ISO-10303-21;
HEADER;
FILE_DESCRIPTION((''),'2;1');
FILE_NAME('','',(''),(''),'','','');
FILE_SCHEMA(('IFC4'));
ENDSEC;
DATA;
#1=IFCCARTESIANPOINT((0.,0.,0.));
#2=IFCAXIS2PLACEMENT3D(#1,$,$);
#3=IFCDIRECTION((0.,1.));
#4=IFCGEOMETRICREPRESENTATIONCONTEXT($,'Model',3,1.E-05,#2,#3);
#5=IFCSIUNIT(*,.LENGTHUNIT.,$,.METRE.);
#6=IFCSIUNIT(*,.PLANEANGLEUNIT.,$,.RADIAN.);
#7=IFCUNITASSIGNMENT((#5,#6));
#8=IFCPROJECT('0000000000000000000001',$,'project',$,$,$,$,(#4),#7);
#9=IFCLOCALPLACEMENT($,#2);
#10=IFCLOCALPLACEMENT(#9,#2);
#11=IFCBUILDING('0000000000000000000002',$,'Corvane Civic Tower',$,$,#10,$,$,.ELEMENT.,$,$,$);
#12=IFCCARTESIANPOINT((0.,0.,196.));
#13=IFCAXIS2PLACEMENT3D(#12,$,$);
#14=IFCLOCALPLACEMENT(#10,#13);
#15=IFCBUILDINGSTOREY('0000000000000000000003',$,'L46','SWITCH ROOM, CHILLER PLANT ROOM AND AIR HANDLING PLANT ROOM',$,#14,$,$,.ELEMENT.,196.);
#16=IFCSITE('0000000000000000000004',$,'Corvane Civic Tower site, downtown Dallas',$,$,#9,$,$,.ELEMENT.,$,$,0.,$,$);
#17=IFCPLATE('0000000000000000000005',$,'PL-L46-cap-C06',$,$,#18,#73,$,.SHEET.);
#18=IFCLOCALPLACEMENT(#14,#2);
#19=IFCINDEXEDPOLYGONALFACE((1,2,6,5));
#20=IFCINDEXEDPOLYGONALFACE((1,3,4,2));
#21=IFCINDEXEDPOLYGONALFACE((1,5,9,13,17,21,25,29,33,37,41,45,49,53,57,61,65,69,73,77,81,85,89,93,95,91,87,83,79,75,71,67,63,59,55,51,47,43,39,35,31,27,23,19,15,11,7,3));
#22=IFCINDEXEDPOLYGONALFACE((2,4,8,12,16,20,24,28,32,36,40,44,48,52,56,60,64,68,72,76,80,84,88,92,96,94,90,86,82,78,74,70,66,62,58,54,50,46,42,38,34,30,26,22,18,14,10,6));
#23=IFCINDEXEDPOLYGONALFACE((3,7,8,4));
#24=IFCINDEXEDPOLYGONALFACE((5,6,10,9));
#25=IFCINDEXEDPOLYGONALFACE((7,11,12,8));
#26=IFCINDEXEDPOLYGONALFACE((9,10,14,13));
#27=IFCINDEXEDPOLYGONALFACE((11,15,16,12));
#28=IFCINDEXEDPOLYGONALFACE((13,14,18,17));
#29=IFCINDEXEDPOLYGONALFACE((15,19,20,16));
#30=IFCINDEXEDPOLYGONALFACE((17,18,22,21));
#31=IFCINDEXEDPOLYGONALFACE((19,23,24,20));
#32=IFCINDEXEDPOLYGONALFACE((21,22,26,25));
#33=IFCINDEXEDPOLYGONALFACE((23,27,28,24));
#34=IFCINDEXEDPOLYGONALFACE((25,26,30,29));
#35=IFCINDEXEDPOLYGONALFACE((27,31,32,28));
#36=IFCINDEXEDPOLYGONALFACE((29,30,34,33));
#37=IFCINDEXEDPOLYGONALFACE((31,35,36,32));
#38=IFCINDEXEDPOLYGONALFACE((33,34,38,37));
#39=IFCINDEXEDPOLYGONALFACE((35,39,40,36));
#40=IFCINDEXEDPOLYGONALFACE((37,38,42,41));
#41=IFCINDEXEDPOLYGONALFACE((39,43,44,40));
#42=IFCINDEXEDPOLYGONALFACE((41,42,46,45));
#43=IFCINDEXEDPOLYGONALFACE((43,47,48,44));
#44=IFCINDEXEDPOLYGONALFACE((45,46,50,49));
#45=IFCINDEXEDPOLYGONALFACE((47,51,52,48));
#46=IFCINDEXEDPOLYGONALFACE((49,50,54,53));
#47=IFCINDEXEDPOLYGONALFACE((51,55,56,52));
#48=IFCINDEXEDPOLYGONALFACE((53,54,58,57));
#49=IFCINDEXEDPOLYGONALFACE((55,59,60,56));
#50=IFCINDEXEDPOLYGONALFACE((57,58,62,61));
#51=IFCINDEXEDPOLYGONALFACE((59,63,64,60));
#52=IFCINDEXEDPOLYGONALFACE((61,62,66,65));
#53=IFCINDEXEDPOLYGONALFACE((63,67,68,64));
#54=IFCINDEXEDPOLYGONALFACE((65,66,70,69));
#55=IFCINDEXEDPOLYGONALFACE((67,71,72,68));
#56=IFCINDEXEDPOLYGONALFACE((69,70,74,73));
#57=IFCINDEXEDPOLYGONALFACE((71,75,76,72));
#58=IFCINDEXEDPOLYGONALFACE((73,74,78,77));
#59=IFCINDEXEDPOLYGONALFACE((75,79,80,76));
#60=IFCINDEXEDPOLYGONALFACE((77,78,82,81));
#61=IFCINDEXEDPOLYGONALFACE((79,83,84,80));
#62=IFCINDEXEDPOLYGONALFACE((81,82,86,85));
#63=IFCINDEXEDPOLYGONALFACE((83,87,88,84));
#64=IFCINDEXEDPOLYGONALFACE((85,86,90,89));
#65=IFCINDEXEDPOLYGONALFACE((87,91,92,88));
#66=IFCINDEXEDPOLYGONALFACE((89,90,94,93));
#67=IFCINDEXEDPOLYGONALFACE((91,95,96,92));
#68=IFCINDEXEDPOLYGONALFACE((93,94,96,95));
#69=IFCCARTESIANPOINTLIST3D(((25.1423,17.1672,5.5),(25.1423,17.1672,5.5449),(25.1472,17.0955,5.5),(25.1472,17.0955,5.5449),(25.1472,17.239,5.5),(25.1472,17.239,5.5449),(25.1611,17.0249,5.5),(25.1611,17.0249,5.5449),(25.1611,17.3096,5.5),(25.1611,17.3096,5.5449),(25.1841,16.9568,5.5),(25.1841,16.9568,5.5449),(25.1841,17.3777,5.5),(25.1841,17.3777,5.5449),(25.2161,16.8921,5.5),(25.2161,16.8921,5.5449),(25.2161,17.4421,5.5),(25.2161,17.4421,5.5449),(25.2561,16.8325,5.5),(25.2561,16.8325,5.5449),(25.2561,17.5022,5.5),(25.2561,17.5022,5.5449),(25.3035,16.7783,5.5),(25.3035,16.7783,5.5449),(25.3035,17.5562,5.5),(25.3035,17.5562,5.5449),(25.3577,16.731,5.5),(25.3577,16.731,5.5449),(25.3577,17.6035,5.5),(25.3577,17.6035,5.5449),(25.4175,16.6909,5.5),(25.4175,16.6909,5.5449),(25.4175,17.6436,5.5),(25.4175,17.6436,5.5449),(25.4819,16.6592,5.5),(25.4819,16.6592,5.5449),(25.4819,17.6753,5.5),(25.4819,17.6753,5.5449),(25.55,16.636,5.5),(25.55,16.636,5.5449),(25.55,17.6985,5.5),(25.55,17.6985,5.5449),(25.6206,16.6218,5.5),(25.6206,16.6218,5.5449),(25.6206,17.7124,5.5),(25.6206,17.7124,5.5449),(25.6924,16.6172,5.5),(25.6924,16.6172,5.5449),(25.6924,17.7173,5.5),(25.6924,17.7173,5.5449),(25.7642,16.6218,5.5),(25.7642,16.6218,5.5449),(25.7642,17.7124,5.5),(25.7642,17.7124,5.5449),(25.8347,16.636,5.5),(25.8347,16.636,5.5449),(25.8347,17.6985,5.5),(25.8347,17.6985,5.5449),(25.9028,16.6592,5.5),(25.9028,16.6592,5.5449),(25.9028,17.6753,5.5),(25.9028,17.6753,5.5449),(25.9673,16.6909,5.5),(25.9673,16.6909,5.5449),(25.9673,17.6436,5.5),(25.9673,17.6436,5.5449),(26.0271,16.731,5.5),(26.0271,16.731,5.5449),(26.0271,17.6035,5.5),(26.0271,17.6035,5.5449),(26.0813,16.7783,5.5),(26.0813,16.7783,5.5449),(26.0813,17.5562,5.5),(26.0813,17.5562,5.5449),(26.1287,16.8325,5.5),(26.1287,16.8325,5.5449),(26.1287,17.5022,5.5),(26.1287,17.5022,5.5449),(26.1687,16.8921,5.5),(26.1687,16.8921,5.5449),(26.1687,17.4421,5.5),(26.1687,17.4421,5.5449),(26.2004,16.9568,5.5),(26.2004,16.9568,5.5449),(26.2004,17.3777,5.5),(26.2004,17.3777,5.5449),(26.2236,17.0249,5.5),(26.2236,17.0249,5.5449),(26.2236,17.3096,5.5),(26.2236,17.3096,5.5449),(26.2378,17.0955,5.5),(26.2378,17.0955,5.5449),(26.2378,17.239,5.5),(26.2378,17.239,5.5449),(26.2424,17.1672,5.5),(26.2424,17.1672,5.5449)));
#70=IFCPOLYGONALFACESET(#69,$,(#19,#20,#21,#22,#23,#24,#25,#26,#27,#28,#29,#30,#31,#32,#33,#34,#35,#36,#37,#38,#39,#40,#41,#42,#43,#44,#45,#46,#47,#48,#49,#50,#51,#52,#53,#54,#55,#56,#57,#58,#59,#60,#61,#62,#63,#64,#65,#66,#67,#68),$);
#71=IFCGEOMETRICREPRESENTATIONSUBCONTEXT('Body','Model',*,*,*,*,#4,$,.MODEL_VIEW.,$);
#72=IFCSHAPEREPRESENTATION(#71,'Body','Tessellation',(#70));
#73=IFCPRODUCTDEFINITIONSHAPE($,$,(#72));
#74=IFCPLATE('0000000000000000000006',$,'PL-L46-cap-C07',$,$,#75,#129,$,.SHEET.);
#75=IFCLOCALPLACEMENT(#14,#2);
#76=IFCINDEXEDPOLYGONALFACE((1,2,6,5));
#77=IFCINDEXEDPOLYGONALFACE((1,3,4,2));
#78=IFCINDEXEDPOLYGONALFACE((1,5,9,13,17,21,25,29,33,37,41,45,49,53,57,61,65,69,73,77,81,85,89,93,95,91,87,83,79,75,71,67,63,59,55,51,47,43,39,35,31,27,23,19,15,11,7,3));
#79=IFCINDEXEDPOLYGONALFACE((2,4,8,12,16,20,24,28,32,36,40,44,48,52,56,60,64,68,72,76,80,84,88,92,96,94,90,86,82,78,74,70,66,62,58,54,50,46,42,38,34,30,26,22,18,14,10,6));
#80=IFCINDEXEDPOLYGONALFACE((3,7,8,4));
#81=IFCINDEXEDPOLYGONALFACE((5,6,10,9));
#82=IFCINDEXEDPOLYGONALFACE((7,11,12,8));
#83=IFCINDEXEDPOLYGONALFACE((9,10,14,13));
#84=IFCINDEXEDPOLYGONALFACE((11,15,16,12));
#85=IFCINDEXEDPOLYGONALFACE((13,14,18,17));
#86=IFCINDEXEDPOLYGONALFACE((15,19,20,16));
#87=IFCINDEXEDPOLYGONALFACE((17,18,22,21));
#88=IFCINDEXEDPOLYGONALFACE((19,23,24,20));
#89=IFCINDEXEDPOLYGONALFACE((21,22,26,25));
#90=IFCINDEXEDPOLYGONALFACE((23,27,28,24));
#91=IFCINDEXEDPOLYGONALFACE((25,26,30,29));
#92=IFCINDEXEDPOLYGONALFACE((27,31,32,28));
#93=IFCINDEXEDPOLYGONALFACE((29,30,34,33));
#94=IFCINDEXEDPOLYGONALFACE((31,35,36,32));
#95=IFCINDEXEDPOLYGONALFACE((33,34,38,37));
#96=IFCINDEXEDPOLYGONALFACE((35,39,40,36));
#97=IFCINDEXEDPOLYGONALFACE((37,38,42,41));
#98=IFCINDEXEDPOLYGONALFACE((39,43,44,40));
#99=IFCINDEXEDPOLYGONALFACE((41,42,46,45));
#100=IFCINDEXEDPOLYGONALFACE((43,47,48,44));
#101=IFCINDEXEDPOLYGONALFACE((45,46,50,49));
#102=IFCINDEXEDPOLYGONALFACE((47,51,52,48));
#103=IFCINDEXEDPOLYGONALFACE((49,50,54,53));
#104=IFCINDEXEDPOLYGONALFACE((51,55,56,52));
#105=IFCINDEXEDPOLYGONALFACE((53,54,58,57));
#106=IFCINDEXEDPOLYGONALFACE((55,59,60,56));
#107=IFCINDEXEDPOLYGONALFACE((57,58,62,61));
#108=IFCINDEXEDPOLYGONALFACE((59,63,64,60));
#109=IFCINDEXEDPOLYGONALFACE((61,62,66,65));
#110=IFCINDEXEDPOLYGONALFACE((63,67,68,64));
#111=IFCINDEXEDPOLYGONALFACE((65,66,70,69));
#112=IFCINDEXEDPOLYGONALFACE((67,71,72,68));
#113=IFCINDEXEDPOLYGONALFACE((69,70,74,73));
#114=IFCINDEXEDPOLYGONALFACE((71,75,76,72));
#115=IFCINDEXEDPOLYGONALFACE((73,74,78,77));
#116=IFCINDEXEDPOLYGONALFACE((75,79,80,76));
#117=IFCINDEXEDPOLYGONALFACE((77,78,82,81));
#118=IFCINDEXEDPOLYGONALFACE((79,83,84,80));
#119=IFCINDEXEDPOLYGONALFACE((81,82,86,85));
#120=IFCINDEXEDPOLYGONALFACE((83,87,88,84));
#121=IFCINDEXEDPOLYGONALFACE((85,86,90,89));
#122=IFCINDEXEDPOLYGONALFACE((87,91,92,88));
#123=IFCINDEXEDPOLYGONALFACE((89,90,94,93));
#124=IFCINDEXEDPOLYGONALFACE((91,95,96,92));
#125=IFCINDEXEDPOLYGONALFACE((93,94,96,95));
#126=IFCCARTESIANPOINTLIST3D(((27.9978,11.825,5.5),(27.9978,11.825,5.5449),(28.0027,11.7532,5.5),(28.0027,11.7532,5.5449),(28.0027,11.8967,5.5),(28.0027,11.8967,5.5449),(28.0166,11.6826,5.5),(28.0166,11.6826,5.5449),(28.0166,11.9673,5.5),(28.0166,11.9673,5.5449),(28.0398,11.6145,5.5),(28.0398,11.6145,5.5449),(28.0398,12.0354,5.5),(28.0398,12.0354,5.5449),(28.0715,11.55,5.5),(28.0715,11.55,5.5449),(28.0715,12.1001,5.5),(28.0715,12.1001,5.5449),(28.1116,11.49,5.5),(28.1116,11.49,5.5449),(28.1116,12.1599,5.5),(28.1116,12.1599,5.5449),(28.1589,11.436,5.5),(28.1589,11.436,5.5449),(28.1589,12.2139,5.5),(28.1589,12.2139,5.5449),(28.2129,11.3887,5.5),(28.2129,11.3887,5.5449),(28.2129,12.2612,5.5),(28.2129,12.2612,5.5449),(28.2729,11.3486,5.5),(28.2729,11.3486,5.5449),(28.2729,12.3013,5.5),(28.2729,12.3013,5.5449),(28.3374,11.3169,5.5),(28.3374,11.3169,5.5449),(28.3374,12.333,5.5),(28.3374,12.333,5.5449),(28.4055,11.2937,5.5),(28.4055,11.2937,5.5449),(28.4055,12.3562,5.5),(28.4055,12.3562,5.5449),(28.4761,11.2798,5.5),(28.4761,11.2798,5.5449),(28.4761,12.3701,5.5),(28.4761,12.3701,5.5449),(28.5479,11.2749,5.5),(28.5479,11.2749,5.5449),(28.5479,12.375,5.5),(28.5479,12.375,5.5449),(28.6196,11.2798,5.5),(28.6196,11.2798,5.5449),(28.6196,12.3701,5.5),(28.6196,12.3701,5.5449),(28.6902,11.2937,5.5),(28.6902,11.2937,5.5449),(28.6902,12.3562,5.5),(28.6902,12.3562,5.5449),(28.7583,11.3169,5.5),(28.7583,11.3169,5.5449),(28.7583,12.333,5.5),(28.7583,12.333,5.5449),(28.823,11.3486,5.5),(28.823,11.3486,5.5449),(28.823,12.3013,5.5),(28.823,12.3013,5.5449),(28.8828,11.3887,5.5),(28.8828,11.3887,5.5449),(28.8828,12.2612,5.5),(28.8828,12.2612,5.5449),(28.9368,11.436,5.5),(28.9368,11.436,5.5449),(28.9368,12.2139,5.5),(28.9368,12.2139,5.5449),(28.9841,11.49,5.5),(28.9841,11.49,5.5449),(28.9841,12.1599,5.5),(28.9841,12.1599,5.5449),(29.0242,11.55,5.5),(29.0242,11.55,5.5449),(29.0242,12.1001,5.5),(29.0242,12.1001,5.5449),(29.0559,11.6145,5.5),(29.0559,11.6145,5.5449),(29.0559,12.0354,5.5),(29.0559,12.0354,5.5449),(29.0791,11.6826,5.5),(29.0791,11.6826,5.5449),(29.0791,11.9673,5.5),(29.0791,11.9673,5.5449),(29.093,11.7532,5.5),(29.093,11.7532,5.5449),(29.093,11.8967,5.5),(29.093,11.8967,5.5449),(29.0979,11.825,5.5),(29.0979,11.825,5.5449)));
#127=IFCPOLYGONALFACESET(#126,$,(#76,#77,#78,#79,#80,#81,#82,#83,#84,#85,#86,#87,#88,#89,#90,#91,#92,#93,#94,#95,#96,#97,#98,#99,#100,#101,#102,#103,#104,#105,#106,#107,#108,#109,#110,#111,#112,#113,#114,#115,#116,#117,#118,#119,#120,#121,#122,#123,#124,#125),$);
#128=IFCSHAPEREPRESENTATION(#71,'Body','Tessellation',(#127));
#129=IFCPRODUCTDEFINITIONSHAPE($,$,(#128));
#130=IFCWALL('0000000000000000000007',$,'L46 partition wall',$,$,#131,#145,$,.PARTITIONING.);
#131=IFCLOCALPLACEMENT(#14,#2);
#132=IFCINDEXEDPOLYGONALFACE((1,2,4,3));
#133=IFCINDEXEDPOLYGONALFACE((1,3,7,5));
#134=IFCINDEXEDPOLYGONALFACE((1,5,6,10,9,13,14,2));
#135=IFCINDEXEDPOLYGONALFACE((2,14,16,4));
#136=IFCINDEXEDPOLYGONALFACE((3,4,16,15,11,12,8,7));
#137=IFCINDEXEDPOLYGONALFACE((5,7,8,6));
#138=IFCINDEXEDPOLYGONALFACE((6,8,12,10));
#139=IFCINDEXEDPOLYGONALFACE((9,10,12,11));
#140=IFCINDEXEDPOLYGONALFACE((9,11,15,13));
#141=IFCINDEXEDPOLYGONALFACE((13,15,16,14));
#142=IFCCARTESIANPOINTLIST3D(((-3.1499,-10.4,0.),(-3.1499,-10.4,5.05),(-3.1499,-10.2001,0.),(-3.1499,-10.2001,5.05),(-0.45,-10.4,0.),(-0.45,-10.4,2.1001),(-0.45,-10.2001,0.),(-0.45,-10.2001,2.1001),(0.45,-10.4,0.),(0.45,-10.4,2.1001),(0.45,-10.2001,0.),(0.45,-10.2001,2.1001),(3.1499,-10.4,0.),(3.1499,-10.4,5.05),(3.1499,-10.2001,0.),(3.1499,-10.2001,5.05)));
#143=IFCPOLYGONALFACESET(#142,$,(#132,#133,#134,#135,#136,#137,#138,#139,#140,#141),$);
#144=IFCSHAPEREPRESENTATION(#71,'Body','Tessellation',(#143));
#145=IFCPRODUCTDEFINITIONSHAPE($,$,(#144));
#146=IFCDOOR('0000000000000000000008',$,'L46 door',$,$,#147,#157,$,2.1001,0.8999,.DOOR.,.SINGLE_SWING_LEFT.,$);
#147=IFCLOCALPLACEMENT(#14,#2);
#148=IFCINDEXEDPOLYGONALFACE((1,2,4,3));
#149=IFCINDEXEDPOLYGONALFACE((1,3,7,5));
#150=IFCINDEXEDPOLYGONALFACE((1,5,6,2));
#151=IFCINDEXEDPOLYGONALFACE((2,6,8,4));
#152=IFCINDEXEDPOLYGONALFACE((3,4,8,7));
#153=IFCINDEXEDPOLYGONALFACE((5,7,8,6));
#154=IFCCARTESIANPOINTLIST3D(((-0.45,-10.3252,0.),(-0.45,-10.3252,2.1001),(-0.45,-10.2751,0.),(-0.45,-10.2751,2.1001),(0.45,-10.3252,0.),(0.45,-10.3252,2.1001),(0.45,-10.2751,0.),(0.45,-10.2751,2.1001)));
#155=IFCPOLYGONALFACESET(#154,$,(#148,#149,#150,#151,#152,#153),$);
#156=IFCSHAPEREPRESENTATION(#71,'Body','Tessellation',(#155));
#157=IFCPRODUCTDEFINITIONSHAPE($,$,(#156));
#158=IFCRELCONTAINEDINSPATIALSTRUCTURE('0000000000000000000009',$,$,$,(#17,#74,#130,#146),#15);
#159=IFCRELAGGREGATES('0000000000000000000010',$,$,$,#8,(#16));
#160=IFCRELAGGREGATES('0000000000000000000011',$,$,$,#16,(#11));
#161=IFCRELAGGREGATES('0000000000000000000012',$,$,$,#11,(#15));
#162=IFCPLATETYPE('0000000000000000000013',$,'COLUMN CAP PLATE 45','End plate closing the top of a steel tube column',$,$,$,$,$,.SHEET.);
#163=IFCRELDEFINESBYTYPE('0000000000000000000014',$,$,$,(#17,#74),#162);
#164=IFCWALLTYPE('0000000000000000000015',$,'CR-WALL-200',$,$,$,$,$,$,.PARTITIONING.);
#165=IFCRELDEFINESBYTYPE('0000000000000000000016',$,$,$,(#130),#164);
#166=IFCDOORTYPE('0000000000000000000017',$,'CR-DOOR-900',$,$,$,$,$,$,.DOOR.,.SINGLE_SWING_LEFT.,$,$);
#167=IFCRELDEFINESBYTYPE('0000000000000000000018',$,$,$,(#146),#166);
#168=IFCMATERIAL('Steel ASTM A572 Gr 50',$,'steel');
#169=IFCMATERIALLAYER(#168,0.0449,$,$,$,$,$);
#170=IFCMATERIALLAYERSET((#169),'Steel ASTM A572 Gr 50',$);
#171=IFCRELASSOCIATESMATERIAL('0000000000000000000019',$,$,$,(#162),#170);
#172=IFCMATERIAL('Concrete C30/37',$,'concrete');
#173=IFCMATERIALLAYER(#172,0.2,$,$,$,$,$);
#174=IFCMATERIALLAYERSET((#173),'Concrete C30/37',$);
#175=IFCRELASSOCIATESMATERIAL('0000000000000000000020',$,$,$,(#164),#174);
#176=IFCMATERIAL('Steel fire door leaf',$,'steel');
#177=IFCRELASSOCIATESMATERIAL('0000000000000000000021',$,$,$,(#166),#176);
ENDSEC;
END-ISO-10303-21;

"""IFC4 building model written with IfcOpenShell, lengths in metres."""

from ifc_helpers import new_model, si_unit, direction, frame, frame_2d, origin, place, context, subcontext, project, spatial, polyline, rectangle, outline, extrude, material, layer, layer_set, type_object, element, fill, save


model = new_model("IFC4")

# Units and contexts
model_context = context("Model", 3, precision=1e-05, world=origin(), true_north=direction((0.0, 1.0)))
body_context = subcontext(model_context, "Body", "Model", "MODEL_VIEW")
ifc_project = project(units=[si_unit("LENGTHUNIT", "METRE"), si_unit("PLANEANGLEUNIT", "RADIAN")], contexts=[model_context])

# Site, building, storey
site_placement = place(None, origin())
site = spatial("IfcSite", under=ifc_project, at=site_placement, Name="Corvane Civic Tower site, downtown Dallas", CompositionType="ELEMENT", RefElevation=0.0)
building_placement = place(site_placement, origin())
building = spatial("IfcBuilding", under=site, at=building_placement, Name="Corvane Civic Tower", CompositionType="ELEMENT")
storey_placement = place(building_placement, frame((0.0, 0.0, 196.0)))
storey = spatial("IfcBuildingStorey", under=building, at=storey_placement, Name="L46", Description="SWITCH ROOM, CHILLER PLANT ROOM AND AIR HANDLING PLANT ROOM", CompositionType="ELEMENT", Elevation=196.0)

# Plates
ifc_material_1 = material(Name="Steel ASTM A572 Gr 50", Category="steel")
ifc_layer_1 = layer(ifc_material_1, 0.0449)
ifc_layer_set_1 = layer_set([ifc_layer_1], Name="Steel ASTM A572 Gr 50")
plate_type = type_object("IfcPlateType", Name="COLUMN CAP PLATE 45", Description="End plate closing the top of a steel tube column", PredefinedType="SHEET", material=ifc_layer_set_1)
plate_1_placement = place(storey_placement, frame((0.0, 0.0, 5.5)))
element("IfcPlate", 1, at=plate_1_placement, inside=storey, type_object=plate_type, Name="PL-L46-cap-C06", PredefinedType="SHEET", context=body_context, shape_type="SweptSolid", body=[
    extrude(outline(polyline([(26.2424, 17.1672), (26.2378, 17.239), (26.2236, 17.3096), (26.2004, 17.3777), (26.1687, 17.4421), (26.1287, 17.5022), (26.0813, 17.5562), (26.0271, 17.6035), (25.9673, 17.6436), (25.9028, 17.6753), (25.8347, 17.6985), (25.7642, 17.7124), (25.6924, 17.7173), (25.6206, 17.7124), (25.55, 17.6985), (25.4819, 17.6753), (25.4175, 17.6436), (25.3577, 17.6035), (25.3035, 17.5562), (25.2561, 17.5022), (25.2161, 17.4421), (25.1841, 17.3777), (25.1611, 17.3096), (25.1472, 17.239), (25.1423, 17.1672), (25.1472, 17.0955), (25.1611, 17.0249), (25.1841, 16.9568), (25.2161, 16.8921), (25.2561, 16.8325), (25.3035, 16.7783), (25.3577, 16.731), (25.4175, 16.6909), (25.4819, 16.6592), (25.55, 16.636), (25.6206, 16.6218), (25.6924, 16.6172), (25.7642, 16.6218), (25.8347, 16.636), (25.9028, 16.6592), (25.9673, 16.6909), (26.0271, 16.731), (26.0813, 16.7783), (26.1287, 16.8325), (26.1687, 16.8921), (26.2004, 16.9568), (26.2236, 17.0249), (26.2378, 17.0955), (26.2424, 17.1672)])), origin(), (0.0, 0.0, 1.0), 0.0449),
])
plate_2_placement = place(storey_placement, frame((0.0, 0.0, 5.5)))
element("IfcPlate", 2, at=plate_2_placement, inside=storey, type_object=plate_type, Name="PL-L46-cap-C07", PredefinedType="SHEET", context=body_context, shape_type="SweptSolid", body=[
    extrude(outline(polyline([(29.0979, 11.825), (29.093, 11.8967), (29.0791, 11.9673), (29.0559, 12.0354), (29.0242, 12.1001), (28.9841, 12.1599), (28.9368, 12.2139), (28.8828, 12.2612), (28.823, 12.3013), (28.7583, 12.333), (28.6902, 12.3562), (28.6196, 12.3701), (28.5479, 12.375), (28.4761, 12.3701), (28.4055, 12.3562), (28.3374, 12.333), (28.2729, 12.3013), (28.2129, 12.2612), (28.1589, 12.2139), (28.1116, 12.1599), (28.0715, 12.1001), (28.0398, 12.0354), (28.0166, 11.9673), (28.0027, 11.8967), (27.9978, 11.825), (28.0027, 11.7532), (28.0166, 11.6826), (28.0398, 11.6145), (28.0715, 11.55), (28.1116, 11.49), (28.1589, 11.436), (28.2129, 11.3887), (28.2729, 11.3486), (28.3374, 11.3169), (28.4055, 11.2937), (28.4761, 11.2798), (28.5479, 11.2749), (28.6196, 11.2798), (28.6902, 11.2937), (28.7583, 11.3169), (28.823, 11.3486), (28.8828, 11.3887), (28.9368, 11.436), (28.9841, 11.49), (29.0242, 11.55), (29.0559, 11.6145), (29.0791, 11.6826), (29.093, 11.7532), (29.0979, 11.825)])), origin(), (0.0, 0.0, 1.0), 0.0449),
])

# Wall, opening, door
ifc_material_2 = material(Name="Concrete C30/37", Category="concrete")
ifc_layer_2 = layer(ifc_material_2, 0.2)
ifc_layer_set_2 = layer_set([ifc_layer_2], Name="Concrete C30/37")
wall_type = type_object("IfcWallType", Name="CR-WALL-200", PredefinedType="PARTITIONING", material=ifc_layer_set_2)
wall_1_placement = place(storey_placement, frame((-3.1499, -10.3, 0.0), z_axis=(0.0, 0.0, 1.0), x_axis=(1.0, 0.0, 0.0)))
wall_1 = element("IfcWall", 3, at=wall_1_placement, inside=storey, type_object=wall_type, Name="L46 partition wall", PredefinedType="PARTITIONING", context=body_context, shape_type="SweptSolid", body=[
    extrude(rectangle(XDim=6.2998, YDim=0.2, at=frame_2d((3.1499, 0.0))), origin(), (0.0, 0.0, 1.0), 5.05),
])
opening_1_placement = place(wall_1_placement, frame((2.7, 0.0, 0.0)))
opening_1 = element("IfcOpeningElement", 4, at=opening_1_placement, cuts=wall_1, PredefinedType="OPENING", context=body_context, shape_type="SweptSolid", body=[
    extrude(rectangle(XDim=0.8999, YDim=2.1001, at=frame_2d((0.45, 1.05))), frame((0.0, 0.1099, 0.0), z_axis=(0.0, -1.0, 0.0), x_axis=(1.0, 0.0, 0.0)), (0.0, 0.0, 1.0), 0.22),
])
ifc_material_3 = material(Name="Steel fire door leaf", Category="steel")
door_type_1 = type_object("IfcDoorType", Name="CR-DOOR-900", OperationType="SINGLE_SWING_LEFT", PredefinedType="DOOR", material=ifc_material_3)
door_1_placement = place(opening_1_placement, origin())
door_1 = element("IfcDoor", 5, at=door_1_placement, inside=storey, type_object=door_type_1, Name="L46 door", OperationType="SINGLE_SWING_LEFT", OverallHeight=2.1001, OverallWidth=0.8999, PredefinedType="DOOR", context=body_context, shape_type="SweptSolid", body=[
    extrude(rectangle(XDim=0.8999, YDim=2.1001, at=frame_2d((0.45, 1.05))), frame((0.0, 0.0249, 0.0), z_axis=(0.0, -1.0, 0.0), x_axis=(1.0, 0.0, 0.0)), (0.0, 0.0, 1.0), 0.05),
])
fill(opening_1, door_1)

save(model, "model.ifc")
